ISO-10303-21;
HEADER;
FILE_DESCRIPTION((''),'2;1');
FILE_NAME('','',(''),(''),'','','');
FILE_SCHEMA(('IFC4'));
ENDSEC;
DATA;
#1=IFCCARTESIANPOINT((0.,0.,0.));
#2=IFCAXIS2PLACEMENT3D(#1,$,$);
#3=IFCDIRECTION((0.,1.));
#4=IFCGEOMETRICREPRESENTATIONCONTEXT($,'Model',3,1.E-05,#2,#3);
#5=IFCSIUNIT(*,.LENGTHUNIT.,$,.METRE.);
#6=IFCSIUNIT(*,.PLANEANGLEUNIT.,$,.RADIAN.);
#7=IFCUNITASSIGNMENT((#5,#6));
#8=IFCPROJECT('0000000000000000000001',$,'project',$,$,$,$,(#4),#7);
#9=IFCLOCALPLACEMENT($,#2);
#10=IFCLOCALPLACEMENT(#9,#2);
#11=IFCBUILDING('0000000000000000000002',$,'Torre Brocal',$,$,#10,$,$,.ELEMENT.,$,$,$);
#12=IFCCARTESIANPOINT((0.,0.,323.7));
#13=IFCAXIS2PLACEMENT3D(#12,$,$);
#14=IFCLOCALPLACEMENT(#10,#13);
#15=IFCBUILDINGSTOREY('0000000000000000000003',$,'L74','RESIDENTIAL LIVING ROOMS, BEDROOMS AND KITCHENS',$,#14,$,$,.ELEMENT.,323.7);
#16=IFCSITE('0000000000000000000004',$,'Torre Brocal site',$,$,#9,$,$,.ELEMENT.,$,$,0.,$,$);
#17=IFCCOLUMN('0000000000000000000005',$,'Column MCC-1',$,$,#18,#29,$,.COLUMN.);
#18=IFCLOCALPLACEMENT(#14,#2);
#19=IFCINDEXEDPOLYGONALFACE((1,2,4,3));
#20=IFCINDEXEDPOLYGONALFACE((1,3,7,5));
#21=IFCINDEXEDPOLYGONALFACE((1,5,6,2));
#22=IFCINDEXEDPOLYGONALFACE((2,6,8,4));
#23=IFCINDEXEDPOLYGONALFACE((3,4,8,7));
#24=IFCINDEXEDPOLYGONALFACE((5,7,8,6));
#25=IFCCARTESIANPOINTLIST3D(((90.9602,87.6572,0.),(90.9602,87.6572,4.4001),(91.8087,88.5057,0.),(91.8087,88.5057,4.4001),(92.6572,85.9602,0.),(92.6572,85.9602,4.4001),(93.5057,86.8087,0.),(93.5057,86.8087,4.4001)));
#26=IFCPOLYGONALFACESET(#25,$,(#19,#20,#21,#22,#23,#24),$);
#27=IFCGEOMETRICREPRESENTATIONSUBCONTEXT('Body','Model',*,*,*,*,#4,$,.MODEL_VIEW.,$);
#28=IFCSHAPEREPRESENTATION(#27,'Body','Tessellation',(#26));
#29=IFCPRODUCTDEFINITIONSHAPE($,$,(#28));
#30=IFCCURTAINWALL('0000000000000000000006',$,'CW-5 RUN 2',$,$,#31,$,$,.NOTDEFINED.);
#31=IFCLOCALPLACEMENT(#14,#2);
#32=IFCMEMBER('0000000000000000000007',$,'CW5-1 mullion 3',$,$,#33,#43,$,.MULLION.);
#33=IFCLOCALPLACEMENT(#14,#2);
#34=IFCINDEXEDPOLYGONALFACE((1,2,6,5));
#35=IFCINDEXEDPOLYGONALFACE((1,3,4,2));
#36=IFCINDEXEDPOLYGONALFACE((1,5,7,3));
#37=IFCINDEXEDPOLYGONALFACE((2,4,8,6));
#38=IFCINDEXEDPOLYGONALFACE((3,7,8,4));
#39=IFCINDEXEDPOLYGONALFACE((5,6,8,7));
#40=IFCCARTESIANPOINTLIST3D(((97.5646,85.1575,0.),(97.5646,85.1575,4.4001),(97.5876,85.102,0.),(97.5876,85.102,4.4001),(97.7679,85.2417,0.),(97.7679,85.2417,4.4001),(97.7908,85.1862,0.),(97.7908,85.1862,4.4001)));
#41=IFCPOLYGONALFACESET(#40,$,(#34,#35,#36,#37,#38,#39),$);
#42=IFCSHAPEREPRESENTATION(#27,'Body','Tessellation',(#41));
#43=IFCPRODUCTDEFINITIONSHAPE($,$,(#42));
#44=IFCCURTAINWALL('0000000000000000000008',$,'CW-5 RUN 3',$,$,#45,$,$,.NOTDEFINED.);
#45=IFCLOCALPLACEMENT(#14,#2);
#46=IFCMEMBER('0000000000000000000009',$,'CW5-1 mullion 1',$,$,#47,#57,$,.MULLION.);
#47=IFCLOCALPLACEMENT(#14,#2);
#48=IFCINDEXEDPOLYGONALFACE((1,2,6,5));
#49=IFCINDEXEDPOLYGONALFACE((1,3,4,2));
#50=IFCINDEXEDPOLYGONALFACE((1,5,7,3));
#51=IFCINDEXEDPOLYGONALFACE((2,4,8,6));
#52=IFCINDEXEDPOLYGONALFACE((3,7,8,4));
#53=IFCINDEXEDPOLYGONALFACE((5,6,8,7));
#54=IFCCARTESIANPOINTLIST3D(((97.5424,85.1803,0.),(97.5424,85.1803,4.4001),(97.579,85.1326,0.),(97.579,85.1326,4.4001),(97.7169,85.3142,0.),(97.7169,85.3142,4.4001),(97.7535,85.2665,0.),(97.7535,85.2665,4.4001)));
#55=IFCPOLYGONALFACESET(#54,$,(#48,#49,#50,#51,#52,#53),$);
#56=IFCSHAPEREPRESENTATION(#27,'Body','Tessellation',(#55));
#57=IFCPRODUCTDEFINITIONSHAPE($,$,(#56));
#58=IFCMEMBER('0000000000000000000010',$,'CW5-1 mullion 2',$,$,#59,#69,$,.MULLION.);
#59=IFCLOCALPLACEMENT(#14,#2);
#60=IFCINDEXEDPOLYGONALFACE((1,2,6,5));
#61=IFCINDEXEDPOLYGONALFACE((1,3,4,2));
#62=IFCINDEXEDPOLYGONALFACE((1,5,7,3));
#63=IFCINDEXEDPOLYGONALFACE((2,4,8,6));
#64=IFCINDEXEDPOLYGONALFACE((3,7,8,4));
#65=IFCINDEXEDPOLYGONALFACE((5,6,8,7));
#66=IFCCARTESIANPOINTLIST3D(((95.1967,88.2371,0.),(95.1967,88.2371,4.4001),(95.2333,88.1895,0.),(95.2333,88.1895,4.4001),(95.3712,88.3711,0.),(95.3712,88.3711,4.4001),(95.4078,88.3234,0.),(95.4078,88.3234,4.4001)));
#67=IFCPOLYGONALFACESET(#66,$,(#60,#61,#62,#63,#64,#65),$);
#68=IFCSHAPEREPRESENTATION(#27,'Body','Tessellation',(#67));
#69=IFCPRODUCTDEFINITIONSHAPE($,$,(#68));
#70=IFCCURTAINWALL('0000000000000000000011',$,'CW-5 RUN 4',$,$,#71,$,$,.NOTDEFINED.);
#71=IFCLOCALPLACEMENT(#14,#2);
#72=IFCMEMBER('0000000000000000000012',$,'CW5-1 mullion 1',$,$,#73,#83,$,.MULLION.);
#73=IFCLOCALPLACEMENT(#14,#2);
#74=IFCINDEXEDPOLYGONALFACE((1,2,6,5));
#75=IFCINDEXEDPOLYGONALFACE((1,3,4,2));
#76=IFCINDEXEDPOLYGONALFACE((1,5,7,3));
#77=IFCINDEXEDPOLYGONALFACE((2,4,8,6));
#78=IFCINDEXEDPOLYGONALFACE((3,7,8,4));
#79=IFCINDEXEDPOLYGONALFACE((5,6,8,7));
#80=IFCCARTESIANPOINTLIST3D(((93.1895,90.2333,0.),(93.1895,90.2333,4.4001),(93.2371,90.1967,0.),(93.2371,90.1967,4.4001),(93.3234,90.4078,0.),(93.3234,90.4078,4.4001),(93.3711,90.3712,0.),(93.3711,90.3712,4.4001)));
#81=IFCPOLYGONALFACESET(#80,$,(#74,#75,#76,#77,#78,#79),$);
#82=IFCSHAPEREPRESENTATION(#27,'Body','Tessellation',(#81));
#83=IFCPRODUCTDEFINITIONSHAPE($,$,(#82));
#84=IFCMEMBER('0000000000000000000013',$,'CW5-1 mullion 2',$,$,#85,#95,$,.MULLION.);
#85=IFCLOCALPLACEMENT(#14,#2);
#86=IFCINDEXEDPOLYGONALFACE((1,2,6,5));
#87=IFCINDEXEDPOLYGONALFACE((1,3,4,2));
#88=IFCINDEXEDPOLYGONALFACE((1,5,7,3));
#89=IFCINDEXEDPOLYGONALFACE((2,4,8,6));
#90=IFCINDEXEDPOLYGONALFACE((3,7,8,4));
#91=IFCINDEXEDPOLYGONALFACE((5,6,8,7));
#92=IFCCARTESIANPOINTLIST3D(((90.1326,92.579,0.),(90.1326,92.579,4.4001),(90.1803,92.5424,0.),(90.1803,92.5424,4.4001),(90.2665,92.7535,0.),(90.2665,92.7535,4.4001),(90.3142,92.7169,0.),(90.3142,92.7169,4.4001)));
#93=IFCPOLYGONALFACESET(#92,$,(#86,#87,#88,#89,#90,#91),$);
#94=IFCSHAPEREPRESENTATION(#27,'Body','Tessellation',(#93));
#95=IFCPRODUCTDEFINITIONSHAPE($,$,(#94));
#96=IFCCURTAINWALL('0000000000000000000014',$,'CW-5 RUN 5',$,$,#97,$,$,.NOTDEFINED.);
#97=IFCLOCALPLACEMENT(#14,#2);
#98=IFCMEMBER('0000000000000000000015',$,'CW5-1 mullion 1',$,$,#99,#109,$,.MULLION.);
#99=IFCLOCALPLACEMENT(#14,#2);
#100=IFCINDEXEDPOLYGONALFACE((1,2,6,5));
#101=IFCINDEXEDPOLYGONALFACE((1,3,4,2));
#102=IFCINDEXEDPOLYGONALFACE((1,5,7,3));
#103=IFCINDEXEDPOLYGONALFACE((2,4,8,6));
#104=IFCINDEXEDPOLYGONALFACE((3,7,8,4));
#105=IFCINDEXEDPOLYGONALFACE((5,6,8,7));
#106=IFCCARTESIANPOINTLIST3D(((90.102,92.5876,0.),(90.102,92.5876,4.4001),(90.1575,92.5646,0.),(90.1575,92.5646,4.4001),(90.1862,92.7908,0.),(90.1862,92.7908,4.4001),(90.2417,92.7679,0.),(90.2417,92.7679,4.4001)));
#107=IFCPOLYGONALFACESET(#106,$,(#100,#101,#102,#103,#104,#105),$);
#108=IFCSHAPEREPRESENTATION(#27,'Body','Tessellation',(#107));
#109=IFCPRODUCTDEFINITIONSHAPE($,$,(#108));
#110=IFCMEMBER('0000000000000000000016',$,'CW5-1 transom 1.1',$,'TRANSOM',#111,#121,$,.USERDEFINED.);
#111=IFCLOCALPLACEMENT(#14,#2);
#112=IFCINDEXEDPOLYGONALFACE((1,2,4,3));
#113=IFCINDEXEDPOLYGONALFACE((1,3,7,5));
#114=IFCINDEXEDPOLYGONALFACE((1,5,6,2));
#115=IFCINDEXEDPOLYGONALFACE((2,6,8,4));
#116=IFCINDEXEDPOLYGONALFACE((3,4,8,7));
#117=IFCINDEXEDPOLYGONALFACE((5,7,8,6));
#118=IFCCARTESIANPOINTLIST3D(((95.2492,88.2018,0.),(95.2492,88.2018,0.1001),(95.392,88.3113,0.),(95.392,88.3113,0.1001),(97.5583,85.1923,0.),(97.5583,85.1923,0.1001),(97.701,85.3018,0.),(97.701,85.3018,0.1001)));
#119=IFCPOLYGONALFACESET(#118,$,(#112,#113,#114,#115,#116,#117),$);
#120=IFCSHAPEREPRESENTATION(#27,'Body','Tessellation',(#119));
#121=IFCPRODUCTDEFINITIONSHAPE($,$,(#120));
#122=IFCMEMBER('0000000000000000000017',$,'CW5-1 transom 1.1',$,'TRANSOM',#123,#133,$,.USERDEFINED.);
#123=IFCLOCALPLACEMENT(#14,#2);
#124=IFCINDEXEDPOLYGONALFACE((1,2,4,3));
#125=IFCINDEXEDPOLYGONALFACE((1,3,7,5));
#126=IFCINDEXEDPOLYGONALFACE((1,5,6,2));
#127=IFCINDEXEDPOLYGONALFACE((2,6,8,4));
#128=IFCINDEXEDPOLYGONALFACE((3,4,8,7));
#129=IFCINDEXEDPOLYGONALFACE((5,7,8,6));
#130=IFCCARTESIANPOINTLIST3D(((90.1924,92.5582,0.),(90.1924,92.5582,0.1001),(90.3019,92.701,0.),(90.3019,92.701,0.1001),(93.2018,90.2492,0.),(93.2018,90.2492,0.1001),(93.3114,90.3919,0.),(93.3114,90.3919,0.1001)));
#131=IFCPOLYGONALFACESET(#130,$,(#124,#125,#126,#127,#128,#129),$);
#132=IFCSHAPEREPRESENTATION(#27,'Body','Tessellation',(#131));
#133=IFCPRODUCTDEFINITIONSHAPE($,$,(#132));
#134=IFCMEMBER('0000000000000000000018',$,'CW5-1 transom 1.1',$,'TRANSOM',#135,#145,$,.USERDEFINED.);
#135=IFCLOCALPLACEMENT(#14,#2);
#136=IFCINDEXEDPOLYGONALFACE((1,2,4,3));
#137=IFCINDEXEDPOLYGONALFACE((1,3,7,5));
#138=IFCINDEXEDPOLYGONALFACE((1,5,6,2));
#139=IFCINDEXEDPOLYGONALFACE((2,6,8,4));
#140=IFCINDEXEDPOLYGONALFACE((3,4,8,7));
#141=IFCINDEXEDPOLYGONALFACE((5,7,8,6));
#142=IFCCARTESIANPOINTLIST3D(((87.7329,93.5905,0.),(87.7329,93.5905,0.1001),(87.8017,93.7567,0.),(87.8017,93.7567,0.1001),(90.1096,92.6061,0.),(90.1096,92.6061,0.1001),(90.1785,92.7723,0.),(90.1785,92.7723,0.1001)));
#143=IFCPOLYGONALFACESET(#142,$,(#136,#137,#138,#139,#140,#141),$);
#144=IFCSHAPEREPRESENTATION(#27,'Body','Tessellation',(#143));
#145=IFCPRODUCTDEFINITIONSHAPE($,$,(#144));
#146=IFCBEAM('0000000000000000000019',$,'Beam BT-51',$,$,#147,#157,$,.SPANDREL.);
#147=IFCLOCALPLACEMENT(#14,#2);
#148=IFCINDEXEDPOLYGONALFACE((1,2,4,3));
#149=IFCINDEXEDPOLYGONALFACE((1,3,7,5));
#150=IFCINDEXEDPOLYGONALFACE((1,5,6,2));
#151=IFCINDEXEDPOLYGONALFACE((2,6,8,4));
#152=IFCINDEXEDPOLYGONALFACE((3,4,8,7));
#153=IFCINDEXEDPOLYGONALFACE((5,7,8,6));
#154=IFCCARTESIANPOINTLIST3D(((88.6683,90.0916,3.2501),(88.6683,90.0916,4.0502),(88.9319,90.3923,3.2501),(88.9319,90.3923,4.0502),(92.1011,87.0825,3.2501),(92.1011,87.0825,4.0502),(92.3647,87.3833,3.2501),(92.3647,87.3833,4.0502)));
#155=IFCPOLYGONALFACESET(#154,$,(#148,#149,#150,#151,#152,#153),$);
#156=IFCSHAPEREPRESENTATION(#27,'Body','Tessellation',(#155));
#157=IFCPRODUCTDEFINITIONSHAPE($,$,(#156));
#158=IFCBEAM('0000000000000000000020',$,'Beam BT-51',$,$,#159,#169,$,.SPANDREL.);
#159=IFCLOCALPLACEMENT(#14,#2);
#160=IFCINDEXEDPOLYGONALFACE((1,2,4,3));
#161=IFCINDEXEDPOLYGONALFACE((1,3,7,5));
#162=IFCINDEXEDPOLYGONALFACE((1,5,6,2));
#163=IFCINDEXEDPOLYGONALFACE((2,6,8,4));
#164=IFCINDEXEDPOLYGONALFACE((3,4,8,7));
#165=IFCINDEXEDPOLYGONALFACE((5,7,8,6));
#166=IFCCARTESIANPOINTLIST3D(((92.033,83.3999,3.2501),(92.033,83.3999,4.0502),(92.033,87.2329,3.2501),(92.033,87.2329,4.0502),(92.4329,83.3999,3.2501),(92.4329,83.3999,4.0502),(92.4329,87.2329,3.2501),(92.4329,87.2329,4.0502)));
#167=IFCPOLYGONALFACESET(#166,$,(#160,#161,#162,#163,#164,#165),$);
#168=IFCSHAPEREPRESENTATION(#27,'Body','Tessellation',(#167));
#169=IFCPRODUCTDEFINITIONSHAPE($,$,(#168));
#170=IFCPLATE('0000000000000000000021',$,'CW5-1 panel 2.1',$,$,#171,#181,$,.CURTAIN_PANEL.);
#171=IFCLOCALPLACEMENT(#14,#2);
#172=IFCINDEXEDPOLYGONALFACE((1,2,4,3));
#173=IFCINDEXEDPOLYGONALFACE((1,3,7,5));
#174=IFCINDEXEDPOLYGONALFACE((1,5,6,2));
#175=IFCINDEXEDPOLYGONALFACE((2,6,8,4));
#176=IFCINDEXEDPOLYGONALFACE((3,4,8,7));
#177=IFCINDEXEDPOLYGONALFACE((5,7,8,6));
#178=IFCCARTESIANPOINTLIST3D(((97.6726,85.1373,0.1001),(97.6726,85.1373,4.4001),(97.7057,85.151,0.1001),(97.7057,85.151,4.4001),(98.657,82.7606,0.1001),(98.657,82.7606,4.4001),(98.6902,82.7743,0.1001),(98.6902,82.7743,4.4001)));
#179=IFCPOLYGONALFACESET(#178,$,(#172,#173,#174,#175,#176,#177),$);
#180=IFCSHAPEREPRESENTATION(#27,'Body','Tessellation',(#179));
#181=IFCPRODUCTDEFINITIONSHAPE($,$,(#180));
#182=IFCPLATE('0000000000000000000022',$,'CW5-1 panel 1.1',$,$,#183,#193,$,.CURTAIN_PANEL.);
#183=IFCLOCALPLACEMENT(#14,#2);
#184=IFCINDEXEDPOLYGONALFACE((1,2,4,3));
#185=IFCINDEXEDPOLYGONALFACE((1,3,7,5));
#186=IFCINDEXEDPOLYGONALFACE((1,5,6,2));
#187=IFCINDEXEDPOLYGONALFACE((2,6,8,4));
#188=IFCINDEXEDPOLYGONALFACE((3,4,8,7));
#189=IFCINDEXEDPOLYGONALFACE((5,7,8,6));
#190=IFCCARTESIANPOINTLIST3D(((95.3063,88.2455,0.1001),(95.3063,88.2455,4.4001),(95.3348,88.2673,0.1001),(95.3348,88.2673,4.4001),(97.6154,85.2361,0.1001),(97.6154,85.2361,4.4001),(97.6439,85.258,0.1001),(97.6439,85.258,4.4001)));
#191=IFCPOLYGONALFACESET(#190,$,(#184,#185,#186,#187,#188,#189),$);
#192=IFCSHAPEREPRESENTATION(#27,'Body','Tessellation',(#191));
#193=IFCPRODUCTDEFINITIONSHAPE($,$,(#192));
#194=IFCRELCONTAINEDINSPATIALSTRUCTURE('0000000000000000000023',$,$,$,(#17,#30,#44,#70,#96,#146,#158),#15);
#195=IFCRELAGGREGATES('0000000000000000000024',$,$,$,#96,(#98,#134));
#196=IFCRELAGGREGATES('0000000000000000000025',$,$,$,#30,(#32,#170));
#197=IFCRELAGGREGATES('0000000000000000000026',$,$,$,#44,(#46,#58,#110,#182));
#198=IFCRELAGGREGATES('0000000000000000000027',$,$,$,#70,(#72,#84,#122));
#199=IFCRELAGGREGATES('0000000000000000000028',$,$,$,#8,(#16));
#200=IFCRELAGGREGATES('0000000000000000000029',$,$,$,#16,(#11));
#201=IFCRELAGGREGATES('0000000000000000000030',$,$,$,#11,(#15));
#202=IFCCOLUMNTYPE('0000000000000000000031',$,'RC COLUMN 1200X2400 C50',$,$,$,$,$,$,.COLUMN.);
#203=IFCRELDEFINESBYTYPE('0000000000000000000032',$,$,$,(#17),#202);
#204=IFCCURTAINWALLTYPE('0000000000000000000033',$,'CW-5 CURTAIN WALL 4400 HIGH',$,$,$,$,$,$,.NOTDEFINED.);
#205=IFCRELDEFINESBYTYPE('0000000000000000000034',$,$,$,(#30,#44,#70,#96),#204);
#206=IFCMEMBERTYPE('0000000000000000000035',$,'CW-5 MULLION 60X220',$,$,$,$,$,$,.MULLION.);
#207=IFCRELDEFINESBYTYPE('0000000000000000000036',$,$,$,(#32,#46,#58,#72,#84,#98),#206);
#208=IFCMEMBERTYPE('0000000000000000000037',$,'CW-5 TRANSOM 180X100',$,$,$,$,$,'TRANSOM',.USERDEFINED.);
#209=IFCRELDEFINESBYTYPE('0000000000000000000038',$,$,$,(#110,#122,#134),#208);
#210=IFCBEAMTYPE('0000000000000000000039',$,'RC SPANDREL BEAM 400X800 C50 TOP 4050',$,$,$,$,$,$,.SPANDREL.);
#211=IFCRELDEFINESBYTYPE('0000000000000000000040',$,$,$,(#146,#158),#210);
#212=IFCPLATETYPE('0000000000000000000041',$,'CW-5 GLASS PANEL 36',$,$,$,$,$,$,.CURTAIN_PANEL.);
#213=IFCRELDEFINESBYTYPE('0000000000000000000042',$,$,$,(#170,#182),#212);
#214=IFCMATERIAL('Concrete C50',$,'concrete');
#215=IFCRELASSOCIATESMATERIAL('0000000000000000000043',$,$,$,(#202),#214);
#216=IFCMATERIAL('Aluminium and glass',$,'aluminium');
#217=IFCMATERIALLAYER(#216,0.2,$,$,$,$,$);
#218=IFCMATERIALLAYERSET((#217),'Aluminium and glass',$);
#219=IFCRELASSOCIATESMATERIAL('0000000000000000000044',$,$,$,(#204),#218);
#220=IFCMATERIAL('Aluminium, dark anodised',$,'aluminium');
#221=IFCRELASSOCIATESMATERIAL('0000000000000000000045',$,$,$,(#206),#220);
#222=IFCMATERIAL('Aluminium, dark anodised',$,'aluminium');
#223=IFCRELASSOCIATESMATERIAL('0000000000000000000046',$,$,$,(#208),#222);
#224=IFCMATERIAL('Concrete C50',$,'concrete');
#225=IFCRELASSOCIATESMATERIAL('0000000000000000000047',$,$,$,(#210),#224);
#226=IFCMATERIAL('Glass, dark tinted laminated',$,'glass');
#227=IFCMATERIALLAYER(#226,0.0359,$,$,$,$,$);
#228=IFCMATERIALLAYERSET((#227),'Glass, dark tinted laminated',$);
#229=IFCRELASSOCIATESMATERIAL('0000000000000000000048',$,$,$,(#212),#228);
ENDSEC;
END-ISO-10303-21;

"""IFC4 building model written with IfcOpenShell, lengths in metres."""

from ifc_helpers import new_model, si_unit, direction, frame, origin, origin_2d, place, context, subcontext, project, spatial, rectangle, extrude, material, layer, layer_set, material_profile, profile_set, type_object, element, aggregate, save


model = new_model("IFC4")

# Units and contexts
model_context = context("Model", 3, precision=1e-05, world=origin(), true_north=direction((0.0, 1.0)))
body_context = subcontext(model_context, "Body", "Model", "MODEL_VIEW")
ifc_project = project(units=[si_unit("LENGTHUNIT", "METRE"), si_unit("PLANEANGLEUNIT", "RADIAN")], contexts=[model_context])

# Site, building, storey
site_placement = place(None, origin())
site = spatial("IfcSite", under=ifc_project, at=site_placement, Name="Torre Brocal site", CompositionType="ELEMENT", RefElevation=0.0)
building_placement = place(site_placement, origin())
building = spatial("IfcBuilding", under=site, at=building_placement, Name="Torre Brocal", CompositionType="ELEMENT")
storey_placement = place(building_placement, frame((0.0, 0.0, 323.7)))
storey = spatial("IfcBuildingStorey", under=building, at=storey_placement, Name="L74", Description="RESIDENTIAL LIVING ROOMS, BEDROOMS AND KITCHENS", CompositionType="ELEMENT", Elevation=323.7)

# Column
ifc_material_1 = material(Name="Concrete C50", Category="concrete")
ifc_material_profile_1 = material_profile(ifc_material_1, rectangle(XDim=1.2, YDim=2.3999, at=origin_2d()), Name="RC 1200X2400")
ifc_profile_set_1 = profile_set([ifc_material_profile_1], Name="Concrete C50")
column_type = type_object("IfcColumnType", Name="RC COLUMN 1200X2400 C50", PredefinedType="COLUMN", material=ifc_profile_set_1)
column_placement = place(storey_placement, frame((92.2329, 87.2329, 0.0), z_axis=(0.0, 0.0, 1.0), x_axis=(0.707107, 0.707107, 0.0)))
element("IfcColumn", 1, at=column_placement, inside=storey, type_object=column_type, Name="Column MCC-1", PredefinedType="COLUMN", context=body_context, shape_type="SweptSolid", body=[
    extrude(rectangle(XDim=1.2, YDim=2.3999, at=origin_2d()), origin(), (0.0, 0.0, 1.0), 4.4001),
])

# Curtain wall, member
ifc_material_2 = material(Name="Aluminium and glass", Category="aluminium")
ifc_layer_1 = layer(ifc_material_2, 0.2)
ifc_layer_set_1 = layer_set([ifc_layer_1], Name="Aluminium and glass")
curtain_wall_type = type_object("IfcCurtainWallType", Name="CW-5 CURTAIN WALL 4400 HIGH", PredefinedType="NOTDEFINED", material=ifc_layer_set_1)
curtain_wall_1_placement = place(storey_placement, origin())
curtain_wall_1 = element("IfcCurtainWall", 2, at=curtain_wall_1_placement, inside=storey, type_object=curtain_wall_type, Name="CW-5 RUN 2", PredefinedType="NOTDEFINED")
ifc_material_3 = material(Name="Aluminium, dark anodised", Category="aluminium")
ifc_material_profile_2 = material_profile(ifc_material_3, rectangle(XDim=0.22, YDim=0.0601, at=origin_2d()), Name="CW-5 MULLION 60X220")
ifc_profile_set_2 = profile_set([ifc_material_profile_2], Name="Aluminium, dark anodised")
member_type_1 = type_object("IfcMemberType", Name="CW-5 MULLION 60X220", PredefinedType="MULLION", material=ifc_profile_set_2)
member_1_placement = place(storey_placement, frame((97.6777, 85.1719, 0.0), z_axis=(0.0, 0.0, 1.0), x_axis=(-0.92388, -0.382683, 0.0)))
member_1 = element("IfcMember", 3, at=member_1_placement, type_object=member_type_1, Name="CW5-1 mullion 3", PredefinedType="MULLION", context=body_context, shape_type="SweptSolid", body=[
    extrude(rectangle(XDim=0.22, YDim=0.0601, at=origin_2d()), origin(), (0.0, 0.0, 1.0), 4.4001),
])

# Curtain walls, members
curtain_wall_2_placement = place(storey_placement, origin())
curtain_wall_2 = element("IfcCurtainWall", 4, at=curtain_wall_2_placement, inside=storey, type_object=curtain_wall_type, Name="CW-5 RUN 3", PredefinedType="NOTDEFINED")
member_2_placement = place(storey_placement, frame((97.6479, 85.2234, 0.0), z_axis=(0.0, 0.0, 1.0), x_axis=(-0.793353, -0.608761, 0.0)))
member_2 = element("IfcMember", 5, at=member_2_placement, type_object=member_type_1, Name="CW5-1 mullion 1", PredefinedType="MULLION", context=body_context, shape_type="SweptSolid", body=[
    extrude(rectangle(XDim=0.22, YDim=0.0601, at=origin_2d()), origin(), (0.0, 0.0, 1.0), 4.4001),
])
member_3_placement = place(storey_placement, frame((95.3022, 88.2803, 0.0), z_axis=(0.0, 0.0, 1.0), x_axis=(-0.793353, -0.608761, 0.0)))
member_3 = element("IfcMember", 6, at=member_3_placement, type_object=member_type_1, Name="CW5-1 mullion 2", PredefinedType="MULLION", context=body_context, shape_type="SweptSolid", body=[
    extrude(rectangle(XDim=0.22, YDim=0.0601, at=origin_2d()), origin(), (0.0, 0.0, 1.0), 4.4001),
])
curtain_wall_3_placement = place(storey_placement, origin())
curtain_wall_3 = element("IfcCurtainWall", 7, at=curtain_wall_3_placement, inside=storey, type_object=curtain_wall_type, Name="CW-5 RUN 4", PredefinedType="NOTDEFINED")
member_4_placement = place(storey_placement, frame((93.2803, 90.3022, 0.0), z_axis=(0.0, 0.0, 1.0), x_axis=(-0.608761, -0.793353, 0.0)))
member_4 = element("IfcMember", 8, at=member_4_placement, type_object=member_type_1, Name="CW5-1 mullion 1", PredefinedType="MULLION", context=body_context, shape_type="SweptSolid", body=[
    extrude(rectangle(XDim=0.22, YDim=0.0601, at=origin_2d()), origin(), (0.0, 0.0, 1.0), 4.4001),
])
member_5_placement = place(storey_placement, frame((90.2234, 92.6479, 0.0), z_axis=(0.0, 0.0, 1.0), x_axis=(-0.608761, -0.793353, 0.0)))
member_5 = element("IfcMember", 9, at=member_5_placement, type_object=member_type_1, Name="CW5-1 mullion 2", PredefinedType="MULLION", context=body_context, shape_type="SweptSolid", body=[
    extrude(rectangle(XDim=0.22, YDim=0.0601, at=origin_2d()), origin(), (0.0, 0.0, 1.0), 4.4001),
])

# Curtain wall, member
curtain_wall_4_placement = place(storey_placement, origin())
curtain_wall_4 = element("IfcCurtainWall", 10, at=curtain_wall_4_placement, inside=storey, type_object=curtain_wall_type, Name="CW-5 RUN 5", PredefinedType="NOTDEFINED")
member_6_placement = place(storey_placement, frame((90.1719, 92.6777, 0.0), z_axis=(0.0, 0.0, 1.0), x_axis=(-0.382683, -0.92388, 0.0)))
member_6 = element("IfcMember", 11, at=member_6_placement, type_object=member_type_1, Name="CW5-1 mullion 1", PredefinedType="MULLION", context=body_context, shape_type="SweptSolid", body=[
    extrude(rectangle(XDim=0.22, YDim=0.0601, at=origin_2d()), origin(), (0.0, 0.0, 1.0), 4.4001),
])

# Members
ifc_material_4 = material(Name="Aluminium, dark anodised", Category="aluminium")
ifc_material_profile_3 = material_profile(ifc_material_4, rectangle(XDim=0.1799, YDim=0.1001, at=origin_2d()), Name="CW-5 TRANSOM 180X100")
ifc_profile_set_3 = profile_set([ifc_material_profile_3], Name="Aluminium, dark anodised")
member_type_2 = type_object("IfcMemberType", Name="CW-5 TRANSOM 180X100", ElementType="TRANSOM", PredefinedType="USERDEFINED", material=ifc_profile_set_3)
member_7_placement = place(storey_placement, frame((97.6296, 85.2471, 0.05), z_axis=(-0.608727, 0.793379, 0.0), x_axis=(-0.793379, -0.608727, 0.0)))
member_7 = element("IfcMember", 12, at=member_7_placement, type_object=member_type_2, Name="CW5-1 transom 1.1", ObjectType="TRANSOM", PredefinedType="USERDEFINED", context=body_context, shape_type="SweptSolid", body=[
    extrude(rectangle(XDim=0.1799, YDim=0.1001, at=origin_2d()), origin(), (0.0, 0.0, 1.0), 3.7932),
])
member_8_placement = place(storey_placement, frame((93.2566, 90.3206, 0.05), z_axis=(-0.793379, 0.608727, 0.0), x_axis=(-0.608727, -0.793379, 0.0)))
member_8 = element("IfcMember", 13, at=member_8_placement, type_object=member_type_2, Name="CW5-1 transom 1.1", ObjectType="TRANSOM", PredefinedType="USERDEFINED", context=body_context, shape_type="SweptSolid", body=[
    extrude(rectangle(XDim=0.1799, YDim=0.1001, at=origin_2d()), origin(), (0.0, 0.0, 1.0), 3.7932),
])
member_9_placement = place(storey_placement, frame((90.144, 92.6892, 0.05), z_axis=(-0.923892, 0.382654, 0.0), x_axis=(-0.382654, -0.923892, 0.0)))
member_9 = element("IfcMember", 14, at=member_9_placement, type_object=member_type_2, Name="CW5-1 transom 1.1", ObjectType="TRANSOM", PredefinedType="USERDEFINED", context=body_context, shape_type="SweptSolid", body=[
    extrude(rectangle(XDim=0.1799, YDim=0.1001, at=origin_2d()), origin(), (0.0, 0.0, 1.0), 2.5725),
])
aggregate(curtain_wall_4, [member_6, member_9])

# Beams
ifc_material_5 = material(Name="Concrete C50", Category="concrete")
ifc_material_profile_4 = material_profile(ifc_material_5, rectangle(XDim=0.3999, YDim=0.8, at=origin_2d()), Name="RC 400X800")
ifc_profile_set_4 = profile_set([ifc_material_profile_4], Name="Concrete C50")
beam_type = type_object("IfcBeamType", Name="RC SPANDREL BEAM 400X800 C50 TOP 4050", PredefinedType="SPANDREL", material=ifc_profile_set_4)
beam_1_placement = place(storey_placement, frame((92.2329, 87.2329, 3.6501), z_axis=(-0.752003, 0.659159, 0.0), x_axis=(-0.659159, -0.752003, 0.0)))
element("IfcBeam", 15, at=beam_1_placement, inside=storey, type_object=beam_type, Name="Beam BT-51", PredefinedType="SPANDREL", context=body_context, shape_type="SweptSolid", body=[
    extrude(rectangle(XDim=0.3999, YDim=0.8, at=origin_2d()), origin(), (0.0, 0.0, 1.0), 4.5649),
])
beam_2_placement = place(storey_placement, frame((92.2329, 87.2329, 3.6501), z_axis=(0.0, -1.0, 0.0), x_axis=(1.0, 0.0, 0.0)))
element("IfcBeam", 16, at=beam_2_placement, inside=storey, type_object=beam_type, Name="Beam BT-51", PredefinedType="SPANDREL", context=body_context, shape_type="SweptSolid", body=[
    extrude(rectangle(XDim=0.3999, YDim=0.8, at=origin_2d()), origin(), (0.0, 0.0, 1.0), 3.833),
])

# Plates
ifc_material_6 = material(Name="Glass, dark tinted laminated", Category="glass")
ifc_layer_2 = layer(ifc_material_6, 0.0359)
ifc_layer_set_2 = layer_set([ifc_layer_2], Name="Glass, dark tinted laminated")
plate_type = type_object("IfcPlateType", Name="CW-5 GLASS PANEL 36", PredefinedType="CURTAIN_PANEL", material=ifc_layer_set_2)
plate_1_placement = place(storey_placement, frame((98.1814, 83.9558, 0.1001), z_axis=(0.0, 0.0, 1.0), x_axis=(-0.382683, 0.92388, 0.0)))
plate_1 = element("IfcPlate", 17, at=plate_1_placement, type_object=plate_type, Name="CW5-1 panel 2.1", PredefinedType="CURTAIN_PANEL", context=body_context, shape_type="SweptSolid", body=[
    extrude(rectangle(XDim=2.5725, YDim=0.0359, at=origin_2d()), origin(), (0.0, 0.0, 1.0), 4.3),
])
aggregate(curtain_wall_1, [member_1, plate_1])
plate_2_placement = place(storey_placement, frame((96.4751, 86.7517, 0.1001), z_axis=(0.0, 0.0, 1.0), x_axis=(-0.608761, 0.793353, 0.0)))
plate_2 = element("IfcPlate", 18, at=plate_2_placement, type_object=plate_type, Name="CW5-1 panel 1.1", PredefinedType="CURTAIN_PANEL", context=body_context, shape_type="SweptSolid", body=[
    extrude(rectangle(XDim=3.7932, YDim=0.0359, at=origin_2d()), origin(), (0.0, 0.0, 1.0), 4.3),
])
aggregate(curtain_wall_2, [member_2, member_3, member_7, plate_2])
aggregate(curtain_wall_3, [member_4, member_5, member_8])

save(model, "model.ifc")
